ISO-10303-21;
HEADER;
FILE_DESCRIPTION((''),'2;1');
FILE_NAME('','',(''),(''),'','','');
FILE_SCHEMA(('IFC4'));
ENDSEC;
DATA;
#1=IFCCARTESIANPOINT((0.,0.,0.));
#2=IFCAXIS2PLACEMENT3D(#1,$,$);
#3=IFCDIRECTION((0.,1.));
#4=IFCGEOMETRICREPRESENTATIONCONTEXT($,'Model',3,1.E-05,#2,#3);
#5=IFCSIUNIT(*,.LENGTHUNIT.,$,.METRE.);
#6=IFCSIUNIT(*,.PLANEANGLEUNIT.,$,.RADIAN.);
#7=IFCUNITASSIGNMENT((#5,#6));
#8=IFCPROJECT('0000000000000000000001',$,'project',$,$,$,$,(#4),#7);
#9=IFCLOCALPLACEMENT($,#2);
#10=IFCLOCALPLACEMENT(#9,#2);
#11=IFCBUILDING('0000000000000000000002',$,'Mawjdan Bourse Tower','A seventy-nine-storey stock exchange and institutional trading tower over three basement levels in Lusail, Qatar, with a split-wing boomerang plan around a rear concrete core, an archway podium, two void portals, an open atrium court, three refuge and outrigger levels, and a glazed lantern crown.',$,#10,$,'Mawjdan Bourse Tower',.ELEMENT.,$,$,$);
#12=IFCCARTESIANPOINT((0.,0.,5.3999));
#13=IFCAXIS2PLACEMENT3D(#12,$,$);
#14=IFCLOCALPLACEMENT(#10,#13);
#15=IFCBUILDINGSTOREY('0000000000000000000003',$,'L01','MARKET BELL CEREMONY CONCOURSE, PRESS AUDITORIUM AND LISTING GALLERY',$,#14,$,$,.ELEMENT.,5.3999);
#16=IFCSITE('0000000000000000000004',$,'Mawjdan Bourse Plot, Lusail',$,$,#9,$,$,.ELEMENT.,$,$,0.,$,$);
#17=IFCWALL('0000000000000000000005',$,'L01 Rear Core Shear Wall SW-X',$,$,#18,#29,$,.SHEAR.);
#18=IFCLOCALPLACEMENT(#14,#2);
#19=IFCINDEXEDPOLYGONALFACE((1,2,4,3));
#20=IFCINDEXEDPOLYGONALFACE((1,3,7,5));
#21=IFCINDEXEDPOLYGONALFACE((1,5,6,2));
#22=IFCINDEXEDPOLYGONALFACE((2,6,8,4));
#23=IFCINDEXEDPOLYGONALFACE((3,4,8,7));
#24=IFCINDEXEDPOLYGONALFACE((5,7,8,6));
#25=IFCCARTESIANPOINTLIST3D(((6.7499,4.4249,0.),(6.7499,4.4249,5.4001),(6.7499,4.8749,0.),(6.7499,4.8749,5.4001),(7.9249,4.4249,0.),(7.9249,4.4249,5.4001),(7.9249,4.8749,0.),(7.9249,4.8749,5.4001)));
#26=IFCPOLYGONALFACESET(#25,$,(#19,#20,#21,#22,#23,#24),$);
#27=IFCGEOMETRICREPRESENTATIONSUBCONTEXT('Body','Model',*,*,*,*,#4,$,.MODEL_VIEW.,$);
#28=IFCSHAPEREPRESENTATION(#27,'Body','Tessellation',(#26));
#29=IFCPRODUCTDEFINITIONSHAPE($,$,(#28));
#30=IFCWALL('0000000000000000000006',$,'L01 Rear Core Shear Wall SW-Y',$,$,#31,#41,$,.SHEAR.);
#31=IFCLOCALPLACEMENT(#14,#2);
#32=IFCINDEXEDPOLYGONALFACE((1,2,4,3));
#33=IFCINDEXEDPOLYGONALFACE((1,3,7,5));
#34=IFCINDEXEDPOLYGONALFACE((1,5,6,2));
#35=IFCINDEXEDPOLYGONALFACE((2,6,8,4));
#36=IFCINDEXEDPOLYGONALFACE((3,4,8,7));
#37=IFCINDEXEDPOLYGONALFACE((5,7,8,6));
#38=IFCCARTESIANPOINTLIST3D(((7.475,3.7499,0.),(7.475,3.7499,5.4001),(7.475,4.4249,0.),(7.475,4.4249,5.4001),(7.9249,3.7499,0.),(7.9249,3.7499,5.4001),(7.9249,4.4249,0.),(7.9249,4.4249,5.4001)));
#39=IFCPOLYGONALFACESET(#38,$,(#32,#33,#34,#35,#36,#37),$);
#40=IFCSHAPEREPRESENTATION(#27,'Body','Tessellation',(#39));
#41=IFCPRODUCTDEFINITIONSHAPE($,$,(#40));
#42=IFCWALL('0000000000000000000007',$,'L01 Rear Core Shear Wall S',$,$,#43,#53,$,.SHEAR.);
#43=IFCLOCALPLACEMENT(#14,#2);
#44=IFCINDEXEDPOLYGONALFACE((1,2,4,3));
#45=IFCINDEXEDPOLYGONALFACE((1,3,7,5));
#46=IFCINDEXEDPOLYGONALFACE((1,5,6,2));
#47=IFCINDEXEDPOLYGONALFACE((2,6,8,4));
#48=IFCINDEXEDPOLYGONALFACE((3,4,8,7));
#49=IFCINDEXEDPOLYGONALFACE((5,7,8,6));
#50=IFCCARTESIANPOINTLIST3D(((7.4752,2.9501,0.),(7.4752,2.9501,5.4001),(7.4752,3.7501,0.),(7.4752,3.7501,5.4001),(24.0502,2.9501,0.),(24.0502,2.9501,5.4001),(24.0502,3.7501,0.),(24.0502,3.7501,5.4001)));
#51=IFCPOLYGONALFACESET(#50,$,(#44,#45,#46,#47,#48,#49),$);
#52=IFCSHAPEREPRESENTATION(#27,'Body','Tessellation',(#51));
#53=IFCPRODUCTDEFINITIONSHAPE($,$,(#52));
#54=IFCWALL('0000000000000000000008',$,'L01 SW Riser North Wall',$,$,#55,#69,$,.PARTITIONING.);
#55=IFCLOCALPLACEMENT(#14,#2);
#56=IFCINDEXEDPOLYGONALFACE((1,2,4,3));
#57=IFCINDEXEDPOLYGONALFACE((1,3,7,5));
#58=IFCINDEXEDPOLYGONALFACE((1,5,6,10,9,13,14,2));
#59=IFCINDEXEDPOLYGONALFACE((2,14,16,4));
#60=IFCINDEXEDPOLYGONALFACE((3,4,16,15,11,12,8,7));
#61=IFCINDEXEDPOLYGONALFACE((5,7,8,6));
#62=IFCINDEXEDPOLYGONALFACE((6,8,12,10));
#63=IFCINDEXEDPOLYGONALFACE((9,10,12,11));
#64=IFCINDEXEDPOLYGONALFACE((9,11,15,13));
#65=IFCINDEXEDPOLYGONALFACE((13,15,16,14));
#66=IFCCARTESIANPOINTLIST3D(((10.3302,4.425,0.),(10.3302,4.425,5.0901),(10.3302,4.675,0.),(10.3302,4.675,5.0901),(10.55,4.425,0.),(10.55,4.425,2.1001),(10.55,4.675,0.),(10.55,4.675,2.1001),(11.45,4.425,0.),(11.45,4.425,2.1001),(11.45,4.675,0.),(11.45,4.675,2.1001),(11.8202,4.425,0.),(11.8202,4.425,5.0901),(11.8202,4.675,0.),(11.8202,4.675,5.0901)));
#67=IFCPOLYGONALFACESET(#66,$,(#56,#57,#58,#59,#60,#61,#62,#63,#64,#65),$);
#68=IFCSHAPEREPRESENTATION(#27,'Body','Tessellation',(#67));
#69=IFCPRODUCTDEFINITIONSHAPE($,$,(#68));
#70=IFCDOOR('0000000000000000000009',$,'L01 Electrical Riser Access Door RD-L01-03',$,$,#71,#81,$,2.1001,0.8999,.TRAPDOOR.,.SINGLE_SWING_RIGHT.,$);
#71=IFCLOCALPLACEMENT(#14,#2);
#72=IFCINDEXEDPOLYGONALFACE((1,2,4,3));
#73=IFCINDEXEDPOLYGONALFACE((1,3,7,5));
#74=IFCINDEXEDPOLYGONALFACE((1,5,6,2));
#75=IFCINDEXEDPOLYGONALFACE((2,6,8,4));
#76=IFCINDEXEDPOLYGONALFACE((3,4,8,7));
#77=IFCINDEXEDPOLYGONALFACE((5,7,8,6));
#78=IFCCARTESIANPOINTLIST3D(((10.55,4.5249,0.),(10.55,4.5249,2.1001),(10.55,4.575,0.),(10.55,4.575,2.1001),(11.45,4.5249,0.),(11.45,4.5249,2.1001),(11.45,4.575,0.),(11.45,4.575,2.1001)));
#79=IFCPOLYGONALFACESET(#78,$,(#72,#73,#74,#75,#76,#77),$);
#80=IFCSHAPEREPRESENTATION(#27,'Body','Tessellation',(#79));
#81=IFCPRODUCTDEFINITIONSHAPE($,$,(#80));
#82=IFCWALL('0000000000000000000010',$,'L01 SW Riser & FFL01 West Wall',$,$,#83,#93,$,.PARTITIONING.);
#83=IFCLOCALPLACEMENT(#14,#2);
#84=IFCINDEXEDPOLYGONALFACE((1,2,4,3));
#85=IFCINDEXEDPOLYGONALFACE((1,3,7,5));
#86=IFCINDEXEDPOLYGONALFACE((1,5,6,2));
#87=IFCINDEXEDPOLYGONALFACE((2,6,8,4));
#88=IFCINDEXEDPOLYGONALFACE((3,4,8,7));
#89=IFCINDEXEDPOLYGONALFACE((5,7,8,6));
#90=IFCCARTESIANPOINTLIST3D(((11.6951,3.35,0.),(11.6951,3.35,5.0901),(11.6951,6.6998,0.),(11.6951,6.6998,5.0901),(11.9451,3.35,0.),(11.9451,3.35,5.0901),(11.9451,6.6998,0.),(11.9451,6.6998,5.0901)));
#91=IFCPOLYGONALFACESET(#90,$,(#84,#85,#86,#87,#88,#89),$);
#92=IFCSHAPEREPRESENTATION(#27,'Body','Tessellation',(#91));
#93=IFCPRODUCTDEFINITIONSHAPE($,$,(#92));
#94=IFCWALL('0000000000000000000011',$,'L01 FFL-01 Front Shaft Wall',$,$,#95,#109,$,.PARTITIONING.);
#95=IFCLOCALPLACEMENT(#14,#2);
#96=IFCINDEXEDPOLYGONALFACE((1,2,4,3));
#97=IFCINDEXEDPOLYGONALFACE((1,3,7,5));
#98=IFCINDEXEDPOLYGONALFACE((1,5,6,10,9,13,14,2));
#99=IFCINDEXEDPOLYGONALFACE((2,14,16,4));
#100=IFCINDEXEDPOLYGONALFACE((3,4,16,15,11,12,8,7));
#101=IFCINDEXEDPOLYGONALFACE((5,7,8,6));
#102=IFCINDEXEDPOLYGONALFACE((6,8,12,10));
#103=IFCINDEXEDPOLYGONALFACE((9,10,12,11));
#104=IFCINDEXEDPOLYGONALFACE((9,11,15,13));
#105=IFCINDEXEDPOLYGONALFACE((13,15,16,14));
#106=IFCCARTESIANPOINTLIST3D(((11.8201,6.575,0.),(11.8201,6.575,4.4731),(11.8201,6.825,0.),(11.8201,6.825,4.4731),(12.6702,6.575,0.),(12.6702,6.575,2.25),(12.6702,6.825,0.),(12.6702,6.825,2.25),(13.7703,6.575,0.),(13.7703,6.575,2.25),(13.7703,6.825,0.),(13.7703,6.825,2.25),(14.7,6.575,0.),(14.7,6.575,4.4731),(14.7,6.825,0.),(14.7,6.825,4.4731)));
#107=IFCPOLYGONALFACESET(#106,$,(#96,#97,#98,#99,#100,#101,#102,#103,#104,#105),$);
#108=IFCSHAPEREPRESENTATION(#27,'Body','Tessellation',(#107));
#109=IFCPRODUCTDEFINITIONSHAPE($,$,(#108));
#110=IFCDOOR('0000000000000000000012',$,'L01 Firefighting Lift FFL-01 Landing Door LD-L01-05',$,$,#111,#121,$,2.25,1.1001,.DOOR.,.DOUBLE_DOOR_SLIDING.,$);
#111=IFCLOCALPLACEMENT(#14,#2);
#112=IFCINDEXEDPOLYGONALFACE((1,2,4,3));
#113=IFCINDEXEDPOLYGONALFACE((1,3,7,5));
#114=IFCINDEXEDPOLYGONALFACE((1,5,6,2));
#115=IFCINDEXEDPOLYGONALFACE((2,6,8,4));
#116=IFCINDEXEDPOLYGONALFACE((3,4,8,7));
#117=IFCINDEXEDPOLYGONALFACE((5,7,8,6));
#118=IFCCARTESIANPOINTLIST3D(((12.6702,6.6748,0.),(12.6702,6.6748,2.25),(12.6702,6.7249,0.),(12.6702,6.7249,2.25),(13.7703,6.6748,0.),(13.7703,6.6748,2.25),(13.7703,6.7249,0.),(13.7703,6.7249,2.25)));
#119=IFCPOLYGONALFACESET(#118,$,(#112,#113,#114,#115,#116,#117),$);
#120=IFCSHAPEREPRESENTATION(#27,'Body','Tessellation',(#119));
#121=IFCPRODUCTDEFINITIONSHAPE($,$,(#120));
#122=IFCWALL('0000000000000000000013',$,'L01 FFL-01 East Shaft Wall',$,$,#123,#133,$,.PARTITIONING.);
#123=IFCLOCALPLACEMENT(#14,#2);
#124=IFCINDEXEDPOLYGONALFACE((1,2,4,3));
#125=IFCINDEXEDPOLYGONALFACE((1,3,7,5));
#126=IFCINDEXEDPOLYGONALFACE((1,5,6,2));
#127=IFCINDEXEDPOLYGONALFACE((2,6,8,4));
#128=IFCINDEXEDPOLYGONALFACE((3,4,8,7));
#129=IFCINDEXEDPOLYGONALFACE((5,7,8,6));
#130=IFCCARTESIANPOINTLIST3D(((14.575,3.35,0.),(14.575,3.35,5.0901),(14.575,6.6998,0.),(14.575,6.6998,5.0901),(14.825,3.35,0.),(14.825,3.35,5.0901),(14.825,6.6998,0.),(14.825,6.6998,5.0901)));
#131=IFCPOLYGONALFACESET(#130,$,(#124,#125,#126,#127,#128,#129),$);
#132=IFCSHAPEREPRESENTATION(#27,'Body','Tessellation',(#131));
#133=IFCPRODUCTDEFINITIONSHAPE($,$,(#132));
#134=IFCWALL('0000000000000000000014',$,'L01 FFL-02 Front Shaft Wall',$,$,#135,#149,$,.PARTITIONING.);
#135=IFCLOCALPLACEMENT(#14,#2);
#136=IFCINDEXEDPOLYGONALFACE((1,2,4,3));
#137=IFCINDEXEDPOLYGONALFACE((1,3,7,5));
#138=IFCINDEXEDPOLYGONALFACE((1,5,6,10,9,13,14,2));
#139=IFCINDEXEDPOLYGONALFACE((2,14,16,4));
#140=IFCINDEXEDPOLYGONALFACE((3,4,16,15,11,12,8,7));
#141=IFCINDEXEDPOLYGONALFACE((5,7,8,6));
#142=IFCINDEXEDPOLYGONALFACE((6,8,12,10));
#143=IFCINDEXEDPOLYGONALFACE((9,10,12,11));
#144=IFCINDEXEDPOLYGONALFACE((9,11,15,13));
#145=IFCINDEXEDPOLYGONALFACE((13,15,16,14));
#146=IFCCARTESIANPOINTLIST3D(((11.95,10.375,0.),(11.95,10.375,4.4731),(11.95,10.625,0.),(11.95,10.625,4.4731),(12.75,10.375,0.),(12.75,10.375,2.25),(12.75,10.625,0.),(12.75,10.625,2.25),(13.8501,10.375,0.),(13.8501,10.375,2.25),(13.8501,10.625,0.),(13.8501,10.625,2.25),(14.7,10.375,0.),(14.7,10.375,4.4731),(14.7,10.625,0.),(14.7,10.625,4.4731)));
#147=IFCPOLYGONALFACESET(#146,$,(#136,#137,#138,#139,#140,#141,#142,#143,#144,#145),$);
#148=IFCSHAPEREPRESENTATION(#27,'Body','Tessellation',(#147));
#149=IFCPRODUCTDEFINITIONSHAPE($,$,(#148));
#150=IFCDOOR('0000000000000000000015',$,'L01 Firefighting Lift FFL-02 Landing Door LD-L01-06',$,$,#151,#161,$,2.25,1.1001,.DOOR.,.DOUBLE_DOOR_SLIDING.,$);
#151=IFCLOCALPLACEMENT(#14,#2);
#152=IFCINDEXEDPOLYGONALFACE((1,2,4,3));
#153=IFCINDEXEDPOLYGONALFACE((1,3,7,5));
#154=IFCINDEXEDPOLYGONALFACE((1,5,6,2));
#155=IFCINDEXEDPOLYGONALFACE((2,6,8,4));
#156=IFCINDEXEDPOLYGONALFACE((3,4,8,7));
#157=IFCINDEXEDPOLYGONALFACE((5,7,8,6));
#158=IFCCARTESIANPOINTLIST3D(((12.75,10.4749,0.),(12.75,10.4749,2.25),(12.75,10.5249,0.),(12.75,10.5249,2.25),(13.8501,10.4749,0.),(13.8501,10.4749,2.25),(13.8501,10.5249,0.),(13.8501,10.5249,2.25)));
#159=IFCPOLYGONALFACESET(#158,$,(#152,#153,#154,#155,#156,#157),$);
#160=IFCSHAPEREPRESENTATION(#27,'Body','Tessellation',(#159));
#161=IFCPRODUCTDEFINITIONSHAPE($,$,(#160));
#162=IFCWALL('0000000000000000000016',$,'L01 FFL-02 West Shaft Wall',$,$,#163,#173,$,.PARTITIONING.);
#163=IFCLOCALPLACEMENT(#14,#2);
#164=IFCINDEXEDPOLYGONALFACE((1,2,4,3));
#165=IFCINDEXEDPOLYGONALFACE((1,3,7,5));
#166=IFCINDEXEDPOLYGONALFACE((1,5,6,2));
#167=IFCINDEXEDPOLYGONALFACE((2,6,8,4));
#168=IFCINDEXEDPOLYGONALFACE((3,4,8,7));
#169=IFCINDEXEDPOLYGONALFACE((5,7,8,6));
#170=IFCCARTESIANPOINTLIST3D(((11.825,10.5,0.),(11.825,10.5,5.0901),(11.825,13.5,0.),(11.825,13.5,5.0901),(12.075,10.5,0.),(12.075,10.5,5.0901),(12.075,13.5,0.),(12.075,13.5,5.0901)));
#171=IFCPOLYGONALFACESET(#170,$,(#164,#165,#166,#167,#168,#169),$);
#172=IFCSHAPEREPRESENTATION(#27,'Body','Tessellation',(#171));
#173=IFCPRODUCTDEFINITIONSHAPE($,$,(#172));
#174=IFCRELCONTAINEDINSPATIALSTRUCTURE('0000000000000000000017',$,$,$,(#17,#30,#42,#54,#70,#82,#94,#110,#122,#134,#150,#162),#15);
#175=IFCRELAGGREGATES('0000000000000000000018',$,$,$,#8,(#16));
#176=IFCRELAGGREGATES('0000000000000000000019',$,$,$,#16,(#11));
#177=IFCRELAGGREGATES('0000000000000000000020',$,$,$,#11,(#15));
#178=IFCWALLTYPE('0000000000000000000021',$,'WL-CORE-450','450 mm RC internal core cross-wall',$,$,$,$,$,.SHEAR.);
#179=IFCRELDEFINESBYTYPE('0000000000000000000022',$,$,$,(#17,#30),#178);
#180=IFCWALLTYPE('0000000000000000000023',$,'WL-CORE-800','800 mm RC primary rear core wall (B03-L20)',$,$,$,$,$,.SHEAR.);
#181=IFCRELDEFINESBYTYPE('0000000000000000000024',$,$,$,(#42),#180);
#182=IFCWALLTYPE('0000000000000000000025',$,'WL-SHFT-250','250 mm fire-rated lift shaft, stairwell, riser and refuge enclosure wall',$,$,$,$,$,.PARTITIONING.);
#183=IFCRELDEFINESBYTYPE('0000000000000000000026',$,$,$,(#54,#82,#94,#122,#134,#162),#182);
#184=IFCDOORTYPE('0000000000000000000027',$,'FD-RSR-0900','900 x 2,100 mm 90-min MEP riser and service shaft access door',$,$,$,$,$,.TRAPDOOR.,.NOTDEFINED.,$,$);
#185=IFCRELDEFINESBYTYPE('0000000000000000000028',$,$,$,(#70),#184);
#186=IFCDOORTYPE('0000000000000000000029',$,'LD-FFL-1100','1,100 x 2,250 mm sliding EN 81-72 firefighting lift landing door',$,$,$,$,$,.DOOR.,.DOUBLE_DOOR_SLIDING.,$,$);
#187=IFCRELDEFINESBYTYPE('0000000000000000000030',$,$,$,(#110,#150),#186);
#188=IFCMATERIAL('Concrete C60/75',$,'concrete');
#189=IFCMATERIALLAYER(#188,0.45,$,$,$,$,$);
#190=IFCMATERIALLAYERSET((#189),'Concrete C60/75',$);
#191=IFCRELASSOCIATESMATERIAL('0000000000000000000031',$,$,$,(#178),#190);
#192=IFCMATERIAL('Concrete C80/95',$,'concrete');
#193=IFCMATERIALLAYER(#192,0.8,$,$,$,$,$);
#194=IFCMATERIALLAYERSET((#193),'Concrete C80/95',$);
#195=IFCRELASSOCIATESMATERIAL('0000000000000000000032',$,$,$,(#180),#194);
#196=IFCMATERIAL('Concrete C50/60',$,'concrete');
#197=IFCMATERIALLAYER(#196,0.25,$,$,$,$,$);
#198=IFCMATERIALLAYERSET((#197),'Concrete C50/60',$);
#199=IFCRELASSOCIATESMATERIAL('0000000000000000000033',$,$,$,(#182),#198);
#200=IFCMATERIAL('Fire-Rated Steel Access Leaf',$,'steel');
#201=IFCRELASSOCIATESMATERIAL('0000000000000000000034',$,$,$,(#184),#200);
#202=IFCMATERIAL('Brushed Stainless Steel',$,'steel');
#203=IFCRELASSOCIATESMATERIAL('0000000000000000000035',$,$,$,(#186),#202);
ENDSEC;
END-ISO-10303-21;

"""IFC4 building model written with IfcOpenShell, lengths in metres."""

from ifc_helpers import new_model, si_unit, direction, frame, frame_2d, origin, place, context, subcontext, project, spatial, rectangle, extrude, material, layer, layer_set, type_object, element, fill, save


model = new_model("IFC4")

# Units and contexts
model_context = context("Model", 3, precision=1e-05, world=origin(), true_north=direction((0.0, 1.0)))
body_context = subcontext(model_context, "Body", "Model", "MODEL_VIEW")
ifc_project = project(units=[si_unit("LENGTHUNIT", "METRE"), si_unit("PLANEANGLEUNIT", "RADIAN")], contexts=[model_context])

# Site, building, storey
site_placement = place(None, origin())
site = spatial("IfcSite", under=ifc_project, at=site_placement, Name="Mawjdan Bourse Plot, Lusail", CompositionType="ELEMENT", RefElevation=0.0)
building_placement = place(site_placement, origin())
building = spatial("IfcBuilding", under=site, at=building_placement, Name="Mawjdan Bourse Tower", Description="A seventy-nine-storey stock exchange and institutional trading tower over three basement levels in Lusail, Qatar, with a split-wing boomerang plan around a rear concrete core, an archway podium, two void portals, an open atrium court, three refuge and outrigger levels, and a glazed lantern crown.", LongName="Mawjdan Bourse Tower", CompositionType="ELEMENT")
storey_placement = place(building_placement, frame((0.0, 0.0, 5.3999)))
storey = spatial("IfcBuildingStorey", under=building, at=storey_placement, Name="L01", Description="MARKET BELL CEREMONY CONCOURSE, PRESS AUDITORIUM AND LISTING GALLERY", CompositionType="ELEMENT", Elevation=5.3999)

# Walls
ifc_material_1 = material(Name="Concrete C60/75", Category="concrete")
ifc_layer_1 = layer(ifc_material_1, 0.45)
ifc_layer_set_1 = layer_set([ifc_layer_1], Name="Concrete C60/75")
wall_type_1 = type_object("IfcWallType", Name="WL-CORE-450", Description="450 mm RC internal core cross-wall", PredefinedType="SHEAR", material=ifc_layer_set_1)
wall_1_placement = place(storey_placement, frame((6.75, 4.6499, 0.0), z_axis=(0.0, 0.0, 1.0), x_axis=(1.0, 0.0, 0.0)))
element("IfcWall", 1, at=wall_1_placement, inside=storey, type_object=wall_type_1, Name="L01 Rear Core Shear Wall SW-X", PredefinedType="SHEAR", context=body_context, shape_type="SweptSolid", body=[
    extrude(rectangle(XDim=1.175, YDim=0.45, at=frame_2d((0.5874, 0.0))), origin(), (0.0, 0.0, 1.0), 5.4001),
])
wall_2_placement = place(storey_placement, frame((7.7, 3.75, 0.0), z_axis=(0.0, 0.0, 1.0), x_axis=(0.0, 1.0, 0.0)))
element("IfcWall", 2, at=wall_2_placement, inside=storey, type_object=wall_type_1, Name="L01 Rear Core Shear Wall SW-Y", PredefinedType="SHEAR", context=body_context, shape_type="SweptSolid", body=[
    extrude(rectangle(XDim=0.675, YDim=0.45, at=frame_2d((0.3374, 0.0))), origin(), (0.0, 0.0, 1.0), 5.4001),
])
ifc_material_2 = material(Name="Concrete C80/95", Category="concrete")
ifc_layer_2 = layer(ifc_material_2, 0.8)
ifc_layer_set_2 = layer_set([ifc_layer_2], Name="Concrete C80/95")
wall_type_2 = type_object("IfcWallType", Name="WL-CORE-800", Description="800 mm RC primary rear core wall (B03-L20)", PredefinedType="SHEAR", material=ifc_layer_set_2)
wall_3_placement = place(storey_placement, frame((7.4751, 3.3501, 0.0), z_axis=(0.0, 0.0, 1.0), x_axis=(1.0, 0.0, 0.0)))
element("IfcWall", 3, at=wall_3_placement, inside=storey, type_object=wall_type_2, Name="L01 Rear Core Shear Wall S", PredefinedType="SHEAR", context=body_context, shape_type="SweptSolid", body=[
    extrude(rectangle(XDim=16.575, YDim=0.8, at=frame_2d((8.2876, 0.0))), origin(), (0.0, 0.0, 1.0), 5.4001),
])

# Wall, opening, door
ifc_material_3 = material(Name="Concrete C50/60", Category="concrete")
ifc_layer_3 = layer(ifc_material_3, 0.25)
ifc_layer_set_3 = layer_set([ifc_layer_3], Name="Concrete C50/60")
wall_type_3 = type_object("IfcWallType", Name="WL-SHFT-250", Description="250 mm fire-rated lift shaft, stairwell, riser and refuge enclosure wall", PredefinedType="PARTITIONING", material=ifc_layer_set_3)
wall_4_placement = place(storey_placement, frame((10.3301, 4.55, 0.0), z_axis=(0.0, 0.0, 1.0), x_axis=(1.0, 0.0, 0.0)))
wall_4 = element("IfcWall", 4, at=wall_4_placement, inside=storey, type_object=wall_type_3, Name="L01 SW Riser North Wall", PredefinedType="PARTITIONING", context=body_context, shape_type="SweptSolid", body=[
    extrude(rectangle(XDim=1.49, YDim=0.25, at=frame_2d((0.7451, 0.0))), origin(), (0.0, 0.0, 1.0), 5.0901),
])
opening_1_placement = place(wall_4_placement, frame((0.22, 0.0, 0.0)))
opening_1 = element("IfcOpeningElement", 5, at=opening_1_placement, cuts=wall_4, PredefinedType="OPENING", context=body_context, shape_type="SweptSolid", body=[
    extrude(rectangle(XDim=0.8999, YDim=2.1001, at=frame_2d((0.45, 1.05))), frame((0.0, 0.135, 0.0), z_axis=(0.0, -1.0, 0.0), x_axis=(1.0, 0.0, 0.0)), (0.0, 0.0, 1.0), 0.27),
])
ifc_material_4 = material(Name="Fire-Rated Steel Access Leaf", Category="steel")
door_type_1 = type_object("IfcDoorType", Name="FD-RSR-0900", Description="900 x 2,100 mm 90-min MEP riser and service shaft access door", OperationType="NOTDEFINED", PredefinedType="TRAPDOOR", material=ifc_material_4)
door_1_placement = place(opening_1_placement, origin())
door_1 = element("IfcDoor", 6, at=door_1_placement, inside=storey, type_object=door_type_1, Name="L01 Electrical Riser Access Door RD-L01-03", OperationType="SINGLE_SWING_RIGHT", OverallHeight=2.1001, OverallWidth=0.8999, PredefinedType="TRAPDOOR", context=body_context, shape_type="SweptSolid", body=[
    extrude(rectangle(XDim=0.8999, YDim=2.1001, at=frame_2d((0.45, 1.05))), frame((0.0, 0.0249, 0.0), z_axis=(0.0, -1.0, 0.0), x_axis=(1.0, 0.0, 0.0)), (0.0, 0.0, 1.0), 0.05),
])
fill(opening_1, door_1)

# Wall
wall_5_placement = place(storey_placement, frame((11.8201, 3.3501, 0.0), z_axis=(0.0, 0.0, 1.0), x_axis=(0.0, 1.0, 0.0)))
element("IfcWall", 7, at=wall_5_placement, inside=storey, type_object=wall_type_3, Name="L01 SW Riser & FFL01 West Wall", PredefinedType="PARTITIONING", context=body_context, shape_type="SweptSolid", body=[
    extrude(rectangle(XDim=3.3499, YDim=0.25, at=frame_2d((1.6748, 0.0))), origin(), (0.0, 0.0, 1.0), 5.0901),
])

# Wall, opening, door
wall_6_placement = place(storey_placement, frame((11.8201, 6.7, 0.0), z_axis=(0.0, 0.0, 1.0), x_axis=(1.0, 0.0, 0.0)))
wall_6 = element("IfcWall", 8, at=wall_6_placement, inside=storey, type_object=wall_type_3, Name="L01 FFL-01 Front Shaft Wall", PredefinedType="PARTITIONING", context=body_context, shape_type="SweptSolid", body=[
    extrude(rectangle(XDim=2.8799, YDim=0.25, at=frame_2d((1.4399, 0.0))), origin(), (0.0, 0.0, 1.0), 4.4731),
])
opening_2_placement = place(wall_6_placement, frame((0.8501, 0.0, 0.0)))
opening_2 = element("IfcOpeningElement", 9, at=opening_2_placement, cuts=wall_6, PredefinedType="OPENING", context=body_context, shape_type="SweptSolid", body=[
    extrude(rectangle(XDim=1.1001, YDim=2.25, at=frame_2d((0.55, 1.125))), frame((0.0, 0.135, 0.0), z_axis=(0.0, -1.0, 0.0), x_axis=(1.0, 0.0, 0.0)), (0.0, 0.0, 1.0), 0.27),
])
ifc_material_5 = material(Name="Brushed Stainless Steel", Category="steel")
door_type_2 = type_object("IfcDoorType", Name="LD-FFL-1100", Description="1,100 x 2,250 mm sliding EN 81-72 firefighting lift landing door", OperationType="DOUBLE_DOOR_SLIDING", PredefinedType="DOOR", material=ifc_material_5)
door_2_placement = place(opening_2_placement, origin())
door_2 = element("IfcDoor", 10, at=door_2_placement, inside=storey, type_object=door_type_2, Name="L01 Firefighting Lift FFL-01 Landing Door LD-L01-05", OperationType="DOUBLE_DOOR_SLIDING", OverallHeight=2.25, OverallWidth=1.1001, PredefinedType="DOOR", context=body_context, shape_type="SweptSolid", body=[
    extrude(rectangle(XDim=1.1001, YDim=2.25, at=frame_2d((0.55, 1.125))), frame((0.0, 0.0249, 0.0), z_axis=(0.0, -1.0, 0.0), x_axis=(1.0, 0.0, 0.0)), (0.0, 0.0, 1.0), 0.05),
])
fill(opening_2, door_2)

# Wall
wall_7_placement = place(storey_placement, frame((14.7, 3.3501, 0.0), z_axis=(0.0, 0.0, 1.0), x_axis=(0.0, 1.0, 0.0)))
element("IfcWall", 11, at=wall_7_placement, inside=storey, type_object=wall_type_3, Name="L01 FFL-01 East Shaft Wall", PredefinedType="PARTITIONING", context=body_context, shape_type="SweptSolid", body=[
    extrude(rectangle(XDim=3.3499, YDim=0.25, at=frame_2d((1.6748, 0.0))), origin(), (0.0, 0.0, 1.0), 5.0901),
])

# Wall, opening, door
wall_8_placement = place(storey_placement, frame((11.95, 10.5, 0.0), z_axis=(0.0, 0.0, 1.0), x_axis=(1.0, 0.0, 0.0)))
wall_8 = element("IfcWall", 12, at=wall_8_placement, inside=storey, type_object=wall_type_3, Name="L01 FFL-02 Front Shaft Wall", PredefinedType="PARTITIONING", context=body_context, shape_type="SweptSolid", body=[
    extrude(rectangle(XDim=2.75, YDim=0.25, at=frame_2d((1.375, 0.0))), origin(), (0.0, 0.0, 1.0), 4.4731),
])
opening_3_placement = place(wall_8_placement, frame((0.8, 0.0, 0.0)))
opening_3 = element("IfcOpeningElement", 13, at=opening_3_placement, cuts=wall_8, PredefinedType="OPENING", context=body_context, shape_type="SweptSolid", body=[
    extrude(rectangle(XDim=1.1001, YDim=2.25, at=frame_2d((0.55, 1.125))), frame((0.0, 0.135, 0.0), z_axis=(0.0, -1.0, 0.0), x_axis=(1.0, 0.0, 0.0)), (0.0, 0.0, 1.0), 0.27),
])
door_3_placement = place(opening_3_placement, origin())
door_3 = element("IfcDoor", 14, at=door_3_placement, inside=storey, type_object=door_type_2, Name="L01 Firefighting Lift FFL-02 Landing Door LD-L01-06", OperationType="DOUBLE_DOOR_SLIDING", OverallHeight=2.25, OverallWidth=1.1001, PredefinedType="DOOR", context=body_context, shape_type="SweptSolid", body=[
    extrude(rectangle(XDim=1.1001, YDim=2.25, at=frame_2d((0.55, 1.125))), frame((0.0, 0.0249, 0.0), z_axis=(0.0, -1.0, 0.0), x_axis=(1.0, 0.0, 0.0)), (0.0, 0.0, 1.0), 0.05),
])
fill(opening_3, door_3)

# Wall
wall_9_placement = place(storey_placement, frame((11.95, 10.5, 0.0), z_axis=(0.0, 0.0, 1.0), x_axis=(0.0, 1.0, 0.0)))
element("IfcWall", 15, at=wall_9_placement, inside=storey, type_object=wall_type_3, Name="L01 FFL-02 West Shaft Wall", PredefinedType="PARTITIONING", context=body_context, shape_type="SweptSolid", body=[
    extrude(rectangle(XDim=3.0, YDim=0.25, at=frame_2d((1.5, 0.0))), origin(), (0.0, 0.0, 1.0), 5.0901),
])

save(model, "model.ifc")
